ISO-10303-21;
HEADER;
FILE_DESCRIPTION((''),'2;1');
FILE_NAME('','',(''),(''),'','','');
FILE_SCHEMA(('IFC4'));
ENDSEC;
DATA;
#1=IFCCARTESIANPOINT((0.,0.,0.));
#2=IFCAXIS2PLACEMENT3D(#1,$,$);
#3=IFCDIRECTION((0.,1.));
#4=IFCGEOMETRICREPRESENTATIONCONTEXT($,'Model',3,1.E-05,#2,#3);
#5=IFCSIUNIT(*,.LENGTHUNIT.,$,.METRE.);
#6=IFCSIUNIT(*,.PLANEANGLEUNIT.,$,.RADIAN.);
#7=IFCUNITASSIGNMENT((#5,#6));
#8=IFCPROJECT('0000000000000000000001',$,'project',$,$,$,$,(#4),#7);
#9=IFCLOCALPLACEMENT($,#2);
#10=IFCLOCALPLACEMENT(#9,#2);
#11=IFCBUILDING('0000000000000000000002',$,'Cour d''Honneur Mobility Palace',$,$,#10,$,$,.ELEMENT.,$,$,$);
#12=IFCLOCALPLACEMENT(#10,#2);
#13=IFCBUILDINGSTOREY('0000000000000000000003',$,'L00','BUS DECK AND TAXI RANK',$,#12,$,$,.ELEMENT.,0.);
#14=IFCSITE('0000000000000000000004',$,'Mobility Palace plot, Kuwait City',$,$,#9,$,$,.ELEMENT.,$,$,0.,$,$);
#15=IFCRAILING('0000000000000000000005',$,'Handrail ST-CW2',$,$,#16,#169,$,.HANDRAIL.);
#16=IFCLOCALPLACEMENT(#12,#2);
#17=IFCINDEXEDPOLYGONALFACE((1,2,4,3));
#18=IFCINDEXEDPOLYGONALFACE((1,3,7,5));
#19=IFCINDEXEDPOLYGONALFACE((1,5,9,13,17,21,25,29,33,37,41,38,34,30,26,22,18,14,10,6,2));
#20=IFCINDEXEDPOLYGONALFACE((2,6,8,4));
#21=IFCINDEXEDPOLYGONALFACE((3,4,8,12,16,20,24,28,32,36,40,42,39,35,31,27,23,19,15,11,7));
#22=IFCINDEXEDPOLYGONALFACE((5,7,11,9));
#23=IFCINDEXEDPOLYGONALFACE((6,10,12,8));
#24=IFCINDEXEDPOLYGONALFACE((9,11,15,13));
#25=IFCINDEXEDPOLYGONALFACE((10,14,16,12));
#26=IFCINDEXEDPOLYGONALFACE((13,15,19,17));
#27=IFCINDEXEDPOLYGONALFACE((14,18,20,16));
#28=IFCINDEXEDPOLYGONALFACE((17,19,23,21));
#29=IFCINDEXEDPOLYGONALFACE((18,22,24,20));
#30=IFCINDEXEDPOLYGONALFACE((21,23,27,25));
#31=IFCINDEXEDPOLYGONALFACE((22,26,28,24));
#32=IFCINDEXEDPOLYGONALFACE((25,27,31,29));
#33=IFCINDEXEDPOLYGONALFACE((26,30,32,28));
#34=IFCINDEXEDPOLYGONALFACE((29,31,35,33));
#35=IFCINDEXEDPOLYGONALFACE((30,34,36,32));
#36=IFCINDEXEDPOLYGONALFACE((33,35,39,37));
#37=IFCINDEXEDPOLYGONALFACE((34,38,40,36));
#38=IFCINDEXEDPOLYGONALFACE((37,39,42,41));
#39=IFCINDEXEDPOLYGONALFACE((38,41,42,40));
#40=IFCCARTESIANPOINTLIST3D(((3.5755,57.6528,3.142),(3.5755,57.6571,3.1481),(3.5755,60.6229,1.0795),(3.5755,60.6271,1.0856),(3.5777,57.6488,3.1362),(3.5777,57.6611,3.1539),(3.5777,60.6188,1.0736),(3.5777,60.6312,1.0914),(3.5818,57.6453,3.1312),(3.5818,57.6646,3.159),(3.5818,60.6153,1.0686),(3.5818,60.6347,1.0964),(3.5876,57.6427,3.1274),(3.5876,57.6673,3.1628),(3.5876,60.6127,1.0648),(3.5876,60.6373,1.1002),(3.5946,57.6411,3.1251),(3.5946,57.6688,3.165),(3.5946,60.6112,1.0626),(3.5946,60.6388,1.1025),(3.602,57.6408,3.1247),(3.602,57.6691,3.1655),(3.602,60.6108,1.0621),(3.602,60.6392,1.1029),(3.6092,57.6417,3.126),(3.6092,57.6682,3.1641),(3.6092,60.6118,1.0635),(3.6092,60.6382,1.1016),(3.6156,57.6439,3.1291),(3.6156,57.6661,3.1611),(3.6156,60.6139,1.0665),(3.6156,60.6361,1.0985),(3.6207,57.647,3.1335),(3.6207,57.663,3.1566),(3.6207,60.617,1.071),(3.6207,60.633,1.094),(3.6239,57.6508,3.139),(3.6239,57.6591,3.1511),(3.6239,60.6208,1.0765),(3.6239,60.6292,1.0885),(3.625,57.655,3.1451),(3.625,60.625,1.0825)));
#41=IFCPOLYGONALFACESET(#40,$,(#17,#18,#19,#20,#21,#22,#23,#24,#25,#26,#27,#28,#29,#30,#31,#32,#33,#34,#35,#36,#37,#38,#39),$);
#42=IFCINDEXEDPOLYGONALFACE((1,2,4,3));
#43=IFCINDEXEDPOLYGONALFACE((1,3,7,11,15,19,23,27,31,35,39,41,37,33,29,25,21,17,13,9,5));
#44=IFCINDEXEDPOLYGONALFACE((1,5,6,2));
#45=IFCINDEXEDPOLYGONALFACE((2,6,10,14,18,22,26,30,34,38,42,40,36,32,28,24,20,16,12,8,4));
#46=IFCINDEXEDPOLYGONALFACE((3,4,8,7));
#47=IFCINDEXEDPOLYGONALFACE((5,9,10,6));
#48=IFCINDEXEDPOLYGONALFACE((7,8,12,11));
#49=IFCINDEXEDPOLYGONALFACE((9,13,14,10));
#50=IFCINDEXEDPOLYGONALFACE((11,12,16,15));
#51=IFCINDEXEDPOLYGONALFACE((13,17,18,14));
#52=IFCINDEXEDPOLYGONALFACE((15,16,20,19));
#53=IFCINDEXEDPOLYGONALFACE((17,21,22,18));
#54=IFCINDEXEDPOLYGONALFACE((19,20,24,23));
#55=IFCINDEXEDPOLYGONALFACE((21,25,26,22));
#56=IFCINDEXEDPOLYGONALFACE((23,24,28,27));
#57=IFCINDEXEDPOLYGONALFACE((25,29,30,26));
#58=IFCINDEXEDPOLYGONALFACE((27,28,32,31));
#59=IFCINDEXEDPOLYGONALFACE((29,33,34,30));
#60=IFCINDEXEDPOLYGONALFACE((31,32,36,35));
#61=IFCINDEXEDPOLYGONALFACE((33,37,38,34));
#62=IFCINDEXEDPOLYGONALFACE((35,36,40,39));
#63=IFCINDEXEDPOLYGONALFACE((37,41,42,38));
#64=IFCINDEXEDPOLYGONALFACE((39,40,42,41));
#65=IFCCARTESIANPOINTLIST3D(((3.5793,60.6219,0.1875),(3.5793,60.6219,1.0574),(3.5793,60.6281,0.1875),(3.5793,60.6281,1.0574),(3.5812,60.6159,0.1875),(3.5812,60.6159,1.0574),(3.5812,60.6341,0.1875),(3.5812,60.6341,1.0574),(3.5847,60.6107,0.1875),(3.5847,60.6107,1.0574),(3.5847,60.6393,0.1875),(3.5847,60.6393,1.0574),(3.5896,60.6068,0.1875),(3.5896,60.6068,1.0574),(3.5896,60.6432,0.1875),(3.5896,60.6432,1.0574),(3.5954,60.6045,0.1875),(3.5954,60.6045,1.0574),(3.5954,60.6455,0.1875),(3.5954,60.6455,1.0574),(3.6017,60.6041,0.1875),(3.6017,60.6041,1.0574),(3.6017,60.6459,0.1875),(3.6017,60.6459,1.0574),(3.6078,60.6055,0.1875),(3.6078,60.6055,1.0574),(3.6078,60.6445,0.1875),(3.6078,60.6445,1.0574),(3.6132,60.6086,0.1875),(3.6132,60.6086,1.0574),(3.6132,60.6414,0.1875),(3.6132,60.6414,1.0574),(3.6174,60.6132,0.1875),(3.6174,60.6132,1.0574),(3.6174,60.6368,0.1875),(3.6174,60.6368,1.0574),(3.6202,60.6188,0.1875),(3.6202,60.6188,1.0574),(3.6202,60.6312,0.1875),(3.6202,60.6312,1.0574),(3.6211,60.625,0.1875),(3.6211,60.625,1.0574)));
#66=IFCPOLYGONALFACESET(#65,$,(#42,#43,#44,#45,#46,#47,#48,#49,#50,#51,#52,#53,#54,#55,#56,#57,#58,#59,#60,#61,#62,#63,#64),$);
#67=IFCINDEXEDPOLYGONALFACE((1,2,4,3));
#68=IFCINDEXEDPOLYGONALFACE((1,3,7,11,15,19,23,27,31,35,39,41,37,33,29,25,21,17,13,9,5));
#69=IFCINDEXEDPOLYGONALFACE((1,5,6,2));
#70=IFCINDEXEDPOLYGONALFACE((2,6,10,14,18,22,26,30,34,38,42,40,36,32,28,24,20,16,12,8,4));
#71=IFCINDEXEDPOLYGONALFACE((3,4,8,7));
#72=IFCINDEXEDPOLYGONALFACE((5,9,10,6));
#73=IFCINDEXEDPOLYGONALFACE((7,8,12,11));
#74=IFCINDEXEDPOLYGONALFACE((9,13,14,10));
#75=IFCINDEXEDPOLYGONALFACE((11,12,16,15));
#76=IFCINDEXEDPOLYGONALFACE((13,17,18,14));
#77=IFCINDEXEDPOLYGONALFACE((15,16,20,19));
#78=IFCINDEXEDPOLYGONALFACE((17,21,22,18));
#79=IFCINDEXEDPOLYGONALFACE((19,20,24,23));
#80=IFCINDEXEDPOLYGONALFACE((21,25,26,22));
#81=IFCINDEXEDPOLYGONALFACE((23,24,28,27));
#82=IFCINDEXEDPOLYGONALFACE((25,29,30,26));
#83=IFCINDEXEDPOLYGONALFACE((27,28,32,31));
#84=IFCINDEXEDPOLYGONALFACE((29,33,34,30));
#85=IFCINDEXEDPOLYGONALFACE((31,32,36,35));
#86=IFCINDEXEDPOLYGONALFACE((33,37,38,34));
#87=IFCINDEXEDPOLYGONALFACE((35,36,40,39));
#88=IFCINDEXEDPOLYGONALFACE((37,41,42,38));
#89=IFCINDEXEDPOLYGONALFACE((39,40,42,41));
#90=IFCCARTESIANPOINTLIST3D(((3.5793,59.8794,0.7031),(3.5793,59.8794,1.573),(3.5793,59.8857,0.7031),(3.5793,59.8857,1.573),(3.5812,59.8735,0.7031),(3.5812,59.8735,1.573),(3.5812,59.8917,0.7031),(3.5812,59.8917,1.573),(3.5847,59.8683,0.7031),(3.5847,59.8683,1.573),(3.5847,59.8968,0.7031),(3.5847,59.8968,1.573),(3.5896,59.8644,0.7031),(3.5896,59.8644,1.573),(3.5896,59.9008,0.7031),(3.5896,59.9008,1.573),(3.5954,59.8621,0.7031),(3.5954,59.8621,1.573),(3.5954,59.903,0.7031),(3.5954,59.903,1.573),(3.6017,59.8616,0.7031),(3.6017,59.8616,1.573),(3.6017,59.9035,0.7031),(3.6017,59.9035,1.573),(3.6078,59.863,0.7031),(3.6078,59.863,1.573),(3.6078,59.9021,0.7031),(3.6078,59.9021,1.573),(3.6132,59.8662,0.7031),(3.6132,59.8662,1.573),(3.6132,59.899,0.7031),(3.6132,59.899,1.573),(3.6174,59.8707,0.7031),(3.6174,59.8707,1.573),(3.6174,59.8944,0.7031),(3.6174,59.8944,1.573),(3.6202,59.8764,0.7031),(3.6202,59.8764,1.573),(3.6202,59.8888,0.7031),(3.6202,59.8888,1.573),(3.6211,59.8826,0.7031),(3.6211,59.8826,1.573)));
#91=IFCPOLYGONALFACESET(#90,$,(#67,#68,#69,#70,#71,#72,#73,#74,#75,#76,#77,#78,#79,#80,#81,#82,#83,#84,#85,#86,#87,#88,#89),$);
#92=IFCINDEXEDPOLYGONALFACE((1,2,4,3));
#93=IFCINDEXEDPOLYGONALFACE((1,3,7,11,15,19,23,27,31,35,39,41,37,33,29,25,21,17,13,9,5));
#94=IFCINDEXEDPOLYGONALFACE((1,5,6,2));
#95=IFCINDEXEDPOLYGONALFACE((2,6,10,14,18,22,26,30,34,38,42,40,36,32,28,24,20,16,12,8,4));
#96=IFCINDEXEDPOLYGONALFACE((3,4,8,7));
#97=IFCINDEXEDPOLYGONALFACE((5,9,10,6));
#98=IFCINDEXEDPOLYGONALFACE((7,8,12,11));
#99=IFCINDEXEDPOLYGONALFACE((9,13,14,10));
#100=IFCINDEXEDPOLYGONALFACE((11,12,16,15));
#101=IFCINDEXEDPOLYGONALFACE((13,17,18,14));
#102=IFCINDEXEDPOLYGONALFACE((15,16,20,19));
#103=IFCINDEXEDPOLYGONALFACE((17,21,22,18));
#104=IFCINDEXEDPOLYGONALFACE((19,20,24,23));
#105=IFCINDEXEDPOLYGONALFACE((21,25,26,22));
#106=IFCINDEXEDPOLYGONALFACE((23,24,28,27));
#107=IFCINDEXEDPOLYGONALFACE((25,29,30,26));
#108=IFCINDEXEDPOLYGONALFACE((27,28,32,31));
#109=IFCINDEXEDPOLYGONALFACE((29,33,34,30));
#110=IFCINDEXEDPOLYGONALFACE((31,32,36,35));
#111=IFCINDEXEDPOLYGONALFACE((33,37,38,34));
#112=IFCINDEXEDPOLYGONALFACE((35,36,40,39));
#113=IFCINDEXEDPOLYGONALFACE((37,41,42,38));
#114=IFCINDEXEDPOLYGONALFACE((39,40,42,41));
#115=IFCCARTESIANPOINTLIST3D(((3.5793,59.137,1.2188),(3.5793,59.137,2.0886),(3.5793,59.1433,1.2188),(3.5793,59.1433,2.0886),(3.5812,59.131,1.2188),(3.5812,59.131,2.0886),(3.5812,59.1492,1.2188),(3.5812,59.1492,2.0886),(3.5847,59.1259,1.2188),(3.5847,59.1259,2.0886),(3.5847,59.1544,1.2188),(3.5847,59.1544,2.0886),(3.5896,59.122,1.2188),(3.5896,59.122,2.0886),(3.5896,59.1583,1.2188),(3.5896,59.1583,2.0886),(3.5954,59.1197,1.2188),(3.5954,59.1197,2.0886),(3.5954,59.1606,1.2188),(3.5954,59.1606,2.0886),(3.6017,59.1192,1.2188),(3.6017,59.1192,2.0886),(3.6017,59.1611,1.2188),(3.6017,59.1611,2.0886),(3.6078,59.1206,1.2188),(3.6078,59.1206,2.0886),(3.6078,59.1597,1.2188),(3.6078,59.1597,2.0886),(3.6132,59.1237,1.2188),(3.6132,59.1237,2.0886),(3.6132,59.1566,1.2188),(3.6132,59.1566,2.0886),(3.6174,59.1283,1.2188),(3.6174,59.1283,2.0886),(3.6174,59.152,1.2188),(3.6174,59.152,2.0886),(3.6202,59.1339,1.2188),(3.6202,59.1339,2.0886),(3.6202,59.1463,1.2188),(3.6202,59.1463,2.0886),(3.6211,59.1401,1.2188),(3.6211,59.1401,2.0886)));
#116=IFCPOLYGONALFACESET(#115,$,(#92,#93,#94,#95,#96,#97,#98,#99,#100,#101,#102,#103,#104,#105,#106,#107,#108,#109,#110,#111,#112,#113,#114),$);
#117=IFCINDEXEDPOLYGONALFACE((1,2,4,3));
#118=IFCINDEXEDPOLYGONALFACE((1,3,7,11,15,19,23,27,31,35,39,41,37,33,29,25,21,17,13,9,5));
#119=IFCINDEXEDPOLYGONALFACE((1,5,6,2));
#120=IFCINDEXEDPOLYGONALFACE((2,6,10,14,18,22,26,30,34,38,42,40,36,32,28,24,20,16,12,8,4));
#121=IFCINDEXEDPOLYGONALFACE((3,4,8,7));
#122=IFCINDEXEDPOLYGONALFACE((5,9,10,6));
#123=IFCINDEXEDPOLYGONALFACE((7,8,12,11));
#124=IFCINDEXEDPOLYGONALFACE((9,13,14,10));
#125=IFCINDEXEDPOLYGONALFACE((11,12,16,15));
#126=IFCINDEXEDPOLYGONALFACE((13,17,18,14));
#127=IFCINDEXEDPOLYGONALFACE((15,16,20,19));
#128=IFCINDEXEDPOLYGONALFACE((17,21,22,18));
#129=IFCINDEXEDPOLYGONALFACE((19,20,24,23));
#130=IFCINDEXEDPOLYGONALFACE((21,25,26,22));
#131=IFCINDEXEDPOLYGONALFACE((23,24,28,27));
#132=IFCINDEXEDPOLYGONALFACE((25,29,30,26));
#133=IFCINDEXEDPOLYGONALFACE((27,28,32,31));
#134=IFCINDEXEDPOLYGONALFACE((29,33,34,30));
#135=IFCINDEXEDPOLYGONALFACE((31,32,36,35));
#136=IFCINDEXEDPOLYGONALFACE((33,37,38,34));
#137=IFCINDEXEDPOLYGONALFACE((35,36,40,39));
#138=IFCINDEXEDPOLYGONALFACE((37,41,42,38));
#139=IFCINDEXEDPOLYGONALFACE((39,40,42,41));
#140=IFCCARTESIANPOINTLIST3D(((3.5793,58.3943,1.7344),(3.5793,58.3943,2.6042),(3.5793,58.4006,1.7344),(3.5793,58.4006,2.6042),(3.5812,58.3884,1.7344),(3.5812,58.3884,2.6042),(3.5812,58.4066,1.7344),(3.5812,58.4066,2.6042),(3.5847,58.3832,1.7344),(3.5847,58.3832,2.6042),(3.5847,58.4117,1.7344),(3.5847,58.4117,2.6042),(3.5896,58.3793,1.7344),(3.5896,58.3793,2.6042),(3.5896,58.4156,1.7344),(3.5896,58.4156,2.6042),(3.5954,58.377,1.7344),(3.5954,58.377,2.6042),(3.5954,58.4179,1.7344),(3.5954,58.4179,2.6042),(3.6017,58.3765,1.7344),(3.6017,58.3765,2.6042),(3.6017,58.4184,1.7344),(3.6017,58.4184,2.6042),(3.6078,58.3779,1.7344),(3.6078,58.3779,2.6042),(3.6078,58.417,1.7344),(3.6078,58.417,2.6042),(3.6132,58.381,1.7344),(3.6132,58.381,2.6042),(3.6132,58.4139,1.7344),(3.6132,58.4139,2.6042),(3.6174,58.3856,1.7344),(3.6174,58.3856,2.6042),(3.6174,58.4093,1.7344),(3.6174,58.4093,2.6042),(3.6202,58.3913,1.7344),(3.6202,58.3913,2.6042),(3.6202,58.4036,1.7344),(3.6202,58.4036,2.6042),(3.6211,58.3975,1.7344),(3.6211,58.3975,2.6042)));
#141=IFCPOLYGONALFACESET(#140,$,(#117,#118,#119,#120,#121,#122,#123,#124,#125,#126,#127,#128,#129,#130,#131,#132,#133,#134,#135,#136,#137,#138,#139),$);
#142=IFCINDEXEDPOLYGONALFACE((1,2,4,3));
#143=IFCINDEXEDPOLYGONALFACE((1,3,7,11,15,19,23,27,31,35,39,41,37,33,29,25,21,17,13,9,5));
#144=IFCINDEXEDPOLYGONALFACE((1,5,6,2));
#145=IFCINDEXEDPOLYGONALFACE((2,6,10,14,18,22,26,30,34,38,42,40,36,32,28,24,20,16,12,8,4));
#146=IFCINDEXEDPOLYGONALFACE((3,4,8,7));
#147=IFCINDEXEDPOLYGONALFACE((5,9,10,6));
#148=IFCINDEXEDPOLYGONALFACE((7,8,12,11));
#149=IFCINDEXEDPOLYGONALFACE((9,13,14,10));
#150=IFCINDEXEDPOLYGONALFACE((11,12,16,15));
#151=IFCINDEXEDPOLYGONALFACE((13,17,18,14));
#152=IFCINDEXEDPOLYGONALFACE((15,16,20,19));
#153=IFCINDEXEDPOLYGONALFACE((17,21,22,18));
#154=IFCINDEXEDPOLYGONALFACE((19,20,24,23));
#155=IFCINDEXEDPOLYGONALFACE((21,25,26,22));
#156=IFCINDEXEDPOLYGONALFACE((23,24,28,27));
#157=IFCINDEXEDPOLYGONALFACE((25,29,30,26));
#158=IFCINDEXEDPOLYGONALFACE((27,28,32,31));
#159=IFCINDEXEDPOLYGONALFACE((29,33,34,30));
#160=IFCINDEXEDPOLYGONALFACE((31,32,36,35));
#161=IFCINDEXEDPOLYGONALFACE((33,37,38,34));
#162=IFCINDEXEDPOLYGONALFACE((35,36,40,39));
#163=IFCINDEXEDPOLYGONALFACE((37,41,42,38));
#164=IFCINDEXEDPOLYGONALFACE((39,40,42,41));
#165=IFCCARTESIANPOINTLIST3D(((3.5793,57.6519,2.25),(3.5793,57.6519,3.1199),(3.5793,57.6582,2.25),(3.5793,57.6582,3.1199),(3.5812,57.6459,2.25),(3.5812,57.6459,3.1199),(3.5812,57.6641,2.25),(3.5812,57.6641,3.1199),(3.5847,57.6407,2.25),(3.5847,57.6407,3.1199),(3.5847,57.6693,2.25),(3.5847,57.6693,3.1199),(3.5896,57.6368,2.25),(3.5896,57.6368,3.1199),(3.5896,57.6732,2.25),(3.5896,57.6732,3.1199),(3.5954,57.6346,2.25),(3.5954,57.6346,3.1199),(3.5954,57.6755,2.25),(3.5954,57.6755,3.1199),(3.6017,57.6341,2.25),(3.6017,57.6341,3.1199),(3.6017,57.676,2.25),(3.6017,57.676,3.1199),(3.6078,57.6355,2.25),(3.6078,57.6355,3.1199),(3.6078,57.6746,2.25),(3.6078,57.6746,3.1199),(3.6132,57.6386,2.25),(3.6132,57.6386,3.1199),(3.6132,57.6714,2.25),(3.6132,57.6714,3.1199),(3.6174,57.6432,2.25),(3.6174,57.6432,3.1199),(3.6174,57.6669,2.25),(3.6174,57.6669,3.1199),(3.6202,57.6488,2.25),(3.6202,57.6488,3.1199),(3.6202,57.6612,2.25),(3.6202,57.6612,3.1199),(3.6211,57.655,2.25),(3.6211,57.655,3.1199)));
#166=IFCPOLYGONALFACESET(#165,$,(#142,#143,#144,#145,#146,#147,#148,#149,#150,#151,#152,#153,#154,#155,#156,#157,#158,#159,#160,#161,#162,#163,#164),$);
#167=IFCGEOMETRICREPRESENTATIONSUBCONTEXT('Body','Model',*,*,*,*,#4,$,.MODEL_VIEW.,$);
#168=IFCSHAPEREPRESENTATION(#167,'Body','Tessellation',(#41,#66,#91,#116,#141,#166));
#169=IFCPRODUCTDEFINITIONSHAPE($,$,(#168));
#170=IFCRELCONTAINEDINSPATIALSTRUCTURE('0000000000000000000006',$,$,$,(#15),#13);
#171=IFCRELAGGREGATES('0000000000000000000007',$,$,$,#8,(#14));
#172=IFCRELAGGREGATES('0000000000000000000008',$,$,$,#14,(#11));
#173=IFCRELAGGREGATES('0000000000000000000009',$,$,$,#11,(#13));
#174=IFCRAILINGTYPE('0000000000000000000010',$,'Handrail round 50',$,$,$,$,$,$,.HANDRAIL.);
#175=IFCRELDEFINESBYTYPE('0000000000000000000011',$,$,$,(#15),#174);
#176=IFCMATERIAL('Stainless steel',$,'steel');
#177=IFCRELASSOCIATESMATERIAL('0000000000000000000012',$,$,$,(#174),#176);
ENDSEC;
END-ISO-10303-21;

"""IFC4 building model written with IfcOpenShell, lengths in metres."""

from ifc_helpers import new_model, si_unit, direction, frame, origin, origin_2d, place, context, subcontext, project, spatial, circle, extrude, material, type_object, element, save


model = new_model("IFC4")

# Units and contexts
model_context = context("Model", 3, precision=1e-05, world=origin(), true_north=direction((0.0, 1.0)))
body_context = subcontext(model_context, "Body", "Model", "MODEL_VIEW")
ifc_project = project(units=[si_unit("LENGTHUNIT", "METRE"), si_unit("PLANEANGLEUNIT", "RADIAN")], contexts=[model_context])

# Site, building, storey
site_placement = place(None, origin())
site = spatial("IfcSite", under=ifc_project, at=site_placement, Name="Mobility Palace plot, Kuwait City", CompositionType="ELEMENT", RefElevation=0.0)
building_placement = place(site_placement, origin())
building = spatial("IfcBuilding", under=site, at=building_placement, Name="Cour d'Honneur Mobility Palace", CompositionType="ELEMENT")
storey_placement = place(building_placement, origin())
storey = spatial("IfcBuildingStorey", under=building, at=storey_placement, Name="L00", Description="BUS DECK AND TAXI RANK", CompositionType="ELEMENT", Elevation=0.0)

# Railing
ifc_material_1 = material(Name="Stainless steel", Category="steel")
railing_type_1 = type_object("IfcRailingType", Name="Handrail round 50", PredefinedType="HANDRAIL", material=ifc_material_1)
railing_1_placement = place(storey_placement, frame((3.6001, 60.625, 0.1875)))
element("IfcRailing", 1, at=railing_1_placement, inside=storey, type_object=railing_type_1, Name="Handrail ST-CW2", PredefinedType="HANDRAIL", context=body_context, shape_type="SweptSolid", body=[
    extrude(circle(Radius=0.0249, at=origin_2d()), frame((0.0, 0.0, 0.895), z_axis=(0.0, -0.821367, 0.5704), x_axis=(1.0, 0.0, 0.0)), (0.0, 0.0, 1.0), 3.616),
    extrude(circle(Radius=0.021, at=origin_2d()), origin(), (0.0, 0.0, 1.0), 0.8699),
    extrude(circle(Radius=0.021, at=origin_2d()), frame((0.0, -0.7424, 0.5156)), (0.0, 0.0, 1.0), 0.8699),
    extrude(circle(Radius=0.021, at=origin_2d()), frame((0.0, -1.4849, 1.0312)), (0.0, 0.0, 1.0), 0.8699),
    extrude(circle(Radius=0.021, at=origin_2d()), frame((0.0, -2.2275, 1.5469)), (0.0, 0.0, 1.0), 0.8699),
    extrude(circle(Radius=0.021, at=origin_2d()), frame((0.0, -2.97, 2.0625)), (0.0, 0.0, 1.0), 0.8699),
])

save(model, "model.ifc")
